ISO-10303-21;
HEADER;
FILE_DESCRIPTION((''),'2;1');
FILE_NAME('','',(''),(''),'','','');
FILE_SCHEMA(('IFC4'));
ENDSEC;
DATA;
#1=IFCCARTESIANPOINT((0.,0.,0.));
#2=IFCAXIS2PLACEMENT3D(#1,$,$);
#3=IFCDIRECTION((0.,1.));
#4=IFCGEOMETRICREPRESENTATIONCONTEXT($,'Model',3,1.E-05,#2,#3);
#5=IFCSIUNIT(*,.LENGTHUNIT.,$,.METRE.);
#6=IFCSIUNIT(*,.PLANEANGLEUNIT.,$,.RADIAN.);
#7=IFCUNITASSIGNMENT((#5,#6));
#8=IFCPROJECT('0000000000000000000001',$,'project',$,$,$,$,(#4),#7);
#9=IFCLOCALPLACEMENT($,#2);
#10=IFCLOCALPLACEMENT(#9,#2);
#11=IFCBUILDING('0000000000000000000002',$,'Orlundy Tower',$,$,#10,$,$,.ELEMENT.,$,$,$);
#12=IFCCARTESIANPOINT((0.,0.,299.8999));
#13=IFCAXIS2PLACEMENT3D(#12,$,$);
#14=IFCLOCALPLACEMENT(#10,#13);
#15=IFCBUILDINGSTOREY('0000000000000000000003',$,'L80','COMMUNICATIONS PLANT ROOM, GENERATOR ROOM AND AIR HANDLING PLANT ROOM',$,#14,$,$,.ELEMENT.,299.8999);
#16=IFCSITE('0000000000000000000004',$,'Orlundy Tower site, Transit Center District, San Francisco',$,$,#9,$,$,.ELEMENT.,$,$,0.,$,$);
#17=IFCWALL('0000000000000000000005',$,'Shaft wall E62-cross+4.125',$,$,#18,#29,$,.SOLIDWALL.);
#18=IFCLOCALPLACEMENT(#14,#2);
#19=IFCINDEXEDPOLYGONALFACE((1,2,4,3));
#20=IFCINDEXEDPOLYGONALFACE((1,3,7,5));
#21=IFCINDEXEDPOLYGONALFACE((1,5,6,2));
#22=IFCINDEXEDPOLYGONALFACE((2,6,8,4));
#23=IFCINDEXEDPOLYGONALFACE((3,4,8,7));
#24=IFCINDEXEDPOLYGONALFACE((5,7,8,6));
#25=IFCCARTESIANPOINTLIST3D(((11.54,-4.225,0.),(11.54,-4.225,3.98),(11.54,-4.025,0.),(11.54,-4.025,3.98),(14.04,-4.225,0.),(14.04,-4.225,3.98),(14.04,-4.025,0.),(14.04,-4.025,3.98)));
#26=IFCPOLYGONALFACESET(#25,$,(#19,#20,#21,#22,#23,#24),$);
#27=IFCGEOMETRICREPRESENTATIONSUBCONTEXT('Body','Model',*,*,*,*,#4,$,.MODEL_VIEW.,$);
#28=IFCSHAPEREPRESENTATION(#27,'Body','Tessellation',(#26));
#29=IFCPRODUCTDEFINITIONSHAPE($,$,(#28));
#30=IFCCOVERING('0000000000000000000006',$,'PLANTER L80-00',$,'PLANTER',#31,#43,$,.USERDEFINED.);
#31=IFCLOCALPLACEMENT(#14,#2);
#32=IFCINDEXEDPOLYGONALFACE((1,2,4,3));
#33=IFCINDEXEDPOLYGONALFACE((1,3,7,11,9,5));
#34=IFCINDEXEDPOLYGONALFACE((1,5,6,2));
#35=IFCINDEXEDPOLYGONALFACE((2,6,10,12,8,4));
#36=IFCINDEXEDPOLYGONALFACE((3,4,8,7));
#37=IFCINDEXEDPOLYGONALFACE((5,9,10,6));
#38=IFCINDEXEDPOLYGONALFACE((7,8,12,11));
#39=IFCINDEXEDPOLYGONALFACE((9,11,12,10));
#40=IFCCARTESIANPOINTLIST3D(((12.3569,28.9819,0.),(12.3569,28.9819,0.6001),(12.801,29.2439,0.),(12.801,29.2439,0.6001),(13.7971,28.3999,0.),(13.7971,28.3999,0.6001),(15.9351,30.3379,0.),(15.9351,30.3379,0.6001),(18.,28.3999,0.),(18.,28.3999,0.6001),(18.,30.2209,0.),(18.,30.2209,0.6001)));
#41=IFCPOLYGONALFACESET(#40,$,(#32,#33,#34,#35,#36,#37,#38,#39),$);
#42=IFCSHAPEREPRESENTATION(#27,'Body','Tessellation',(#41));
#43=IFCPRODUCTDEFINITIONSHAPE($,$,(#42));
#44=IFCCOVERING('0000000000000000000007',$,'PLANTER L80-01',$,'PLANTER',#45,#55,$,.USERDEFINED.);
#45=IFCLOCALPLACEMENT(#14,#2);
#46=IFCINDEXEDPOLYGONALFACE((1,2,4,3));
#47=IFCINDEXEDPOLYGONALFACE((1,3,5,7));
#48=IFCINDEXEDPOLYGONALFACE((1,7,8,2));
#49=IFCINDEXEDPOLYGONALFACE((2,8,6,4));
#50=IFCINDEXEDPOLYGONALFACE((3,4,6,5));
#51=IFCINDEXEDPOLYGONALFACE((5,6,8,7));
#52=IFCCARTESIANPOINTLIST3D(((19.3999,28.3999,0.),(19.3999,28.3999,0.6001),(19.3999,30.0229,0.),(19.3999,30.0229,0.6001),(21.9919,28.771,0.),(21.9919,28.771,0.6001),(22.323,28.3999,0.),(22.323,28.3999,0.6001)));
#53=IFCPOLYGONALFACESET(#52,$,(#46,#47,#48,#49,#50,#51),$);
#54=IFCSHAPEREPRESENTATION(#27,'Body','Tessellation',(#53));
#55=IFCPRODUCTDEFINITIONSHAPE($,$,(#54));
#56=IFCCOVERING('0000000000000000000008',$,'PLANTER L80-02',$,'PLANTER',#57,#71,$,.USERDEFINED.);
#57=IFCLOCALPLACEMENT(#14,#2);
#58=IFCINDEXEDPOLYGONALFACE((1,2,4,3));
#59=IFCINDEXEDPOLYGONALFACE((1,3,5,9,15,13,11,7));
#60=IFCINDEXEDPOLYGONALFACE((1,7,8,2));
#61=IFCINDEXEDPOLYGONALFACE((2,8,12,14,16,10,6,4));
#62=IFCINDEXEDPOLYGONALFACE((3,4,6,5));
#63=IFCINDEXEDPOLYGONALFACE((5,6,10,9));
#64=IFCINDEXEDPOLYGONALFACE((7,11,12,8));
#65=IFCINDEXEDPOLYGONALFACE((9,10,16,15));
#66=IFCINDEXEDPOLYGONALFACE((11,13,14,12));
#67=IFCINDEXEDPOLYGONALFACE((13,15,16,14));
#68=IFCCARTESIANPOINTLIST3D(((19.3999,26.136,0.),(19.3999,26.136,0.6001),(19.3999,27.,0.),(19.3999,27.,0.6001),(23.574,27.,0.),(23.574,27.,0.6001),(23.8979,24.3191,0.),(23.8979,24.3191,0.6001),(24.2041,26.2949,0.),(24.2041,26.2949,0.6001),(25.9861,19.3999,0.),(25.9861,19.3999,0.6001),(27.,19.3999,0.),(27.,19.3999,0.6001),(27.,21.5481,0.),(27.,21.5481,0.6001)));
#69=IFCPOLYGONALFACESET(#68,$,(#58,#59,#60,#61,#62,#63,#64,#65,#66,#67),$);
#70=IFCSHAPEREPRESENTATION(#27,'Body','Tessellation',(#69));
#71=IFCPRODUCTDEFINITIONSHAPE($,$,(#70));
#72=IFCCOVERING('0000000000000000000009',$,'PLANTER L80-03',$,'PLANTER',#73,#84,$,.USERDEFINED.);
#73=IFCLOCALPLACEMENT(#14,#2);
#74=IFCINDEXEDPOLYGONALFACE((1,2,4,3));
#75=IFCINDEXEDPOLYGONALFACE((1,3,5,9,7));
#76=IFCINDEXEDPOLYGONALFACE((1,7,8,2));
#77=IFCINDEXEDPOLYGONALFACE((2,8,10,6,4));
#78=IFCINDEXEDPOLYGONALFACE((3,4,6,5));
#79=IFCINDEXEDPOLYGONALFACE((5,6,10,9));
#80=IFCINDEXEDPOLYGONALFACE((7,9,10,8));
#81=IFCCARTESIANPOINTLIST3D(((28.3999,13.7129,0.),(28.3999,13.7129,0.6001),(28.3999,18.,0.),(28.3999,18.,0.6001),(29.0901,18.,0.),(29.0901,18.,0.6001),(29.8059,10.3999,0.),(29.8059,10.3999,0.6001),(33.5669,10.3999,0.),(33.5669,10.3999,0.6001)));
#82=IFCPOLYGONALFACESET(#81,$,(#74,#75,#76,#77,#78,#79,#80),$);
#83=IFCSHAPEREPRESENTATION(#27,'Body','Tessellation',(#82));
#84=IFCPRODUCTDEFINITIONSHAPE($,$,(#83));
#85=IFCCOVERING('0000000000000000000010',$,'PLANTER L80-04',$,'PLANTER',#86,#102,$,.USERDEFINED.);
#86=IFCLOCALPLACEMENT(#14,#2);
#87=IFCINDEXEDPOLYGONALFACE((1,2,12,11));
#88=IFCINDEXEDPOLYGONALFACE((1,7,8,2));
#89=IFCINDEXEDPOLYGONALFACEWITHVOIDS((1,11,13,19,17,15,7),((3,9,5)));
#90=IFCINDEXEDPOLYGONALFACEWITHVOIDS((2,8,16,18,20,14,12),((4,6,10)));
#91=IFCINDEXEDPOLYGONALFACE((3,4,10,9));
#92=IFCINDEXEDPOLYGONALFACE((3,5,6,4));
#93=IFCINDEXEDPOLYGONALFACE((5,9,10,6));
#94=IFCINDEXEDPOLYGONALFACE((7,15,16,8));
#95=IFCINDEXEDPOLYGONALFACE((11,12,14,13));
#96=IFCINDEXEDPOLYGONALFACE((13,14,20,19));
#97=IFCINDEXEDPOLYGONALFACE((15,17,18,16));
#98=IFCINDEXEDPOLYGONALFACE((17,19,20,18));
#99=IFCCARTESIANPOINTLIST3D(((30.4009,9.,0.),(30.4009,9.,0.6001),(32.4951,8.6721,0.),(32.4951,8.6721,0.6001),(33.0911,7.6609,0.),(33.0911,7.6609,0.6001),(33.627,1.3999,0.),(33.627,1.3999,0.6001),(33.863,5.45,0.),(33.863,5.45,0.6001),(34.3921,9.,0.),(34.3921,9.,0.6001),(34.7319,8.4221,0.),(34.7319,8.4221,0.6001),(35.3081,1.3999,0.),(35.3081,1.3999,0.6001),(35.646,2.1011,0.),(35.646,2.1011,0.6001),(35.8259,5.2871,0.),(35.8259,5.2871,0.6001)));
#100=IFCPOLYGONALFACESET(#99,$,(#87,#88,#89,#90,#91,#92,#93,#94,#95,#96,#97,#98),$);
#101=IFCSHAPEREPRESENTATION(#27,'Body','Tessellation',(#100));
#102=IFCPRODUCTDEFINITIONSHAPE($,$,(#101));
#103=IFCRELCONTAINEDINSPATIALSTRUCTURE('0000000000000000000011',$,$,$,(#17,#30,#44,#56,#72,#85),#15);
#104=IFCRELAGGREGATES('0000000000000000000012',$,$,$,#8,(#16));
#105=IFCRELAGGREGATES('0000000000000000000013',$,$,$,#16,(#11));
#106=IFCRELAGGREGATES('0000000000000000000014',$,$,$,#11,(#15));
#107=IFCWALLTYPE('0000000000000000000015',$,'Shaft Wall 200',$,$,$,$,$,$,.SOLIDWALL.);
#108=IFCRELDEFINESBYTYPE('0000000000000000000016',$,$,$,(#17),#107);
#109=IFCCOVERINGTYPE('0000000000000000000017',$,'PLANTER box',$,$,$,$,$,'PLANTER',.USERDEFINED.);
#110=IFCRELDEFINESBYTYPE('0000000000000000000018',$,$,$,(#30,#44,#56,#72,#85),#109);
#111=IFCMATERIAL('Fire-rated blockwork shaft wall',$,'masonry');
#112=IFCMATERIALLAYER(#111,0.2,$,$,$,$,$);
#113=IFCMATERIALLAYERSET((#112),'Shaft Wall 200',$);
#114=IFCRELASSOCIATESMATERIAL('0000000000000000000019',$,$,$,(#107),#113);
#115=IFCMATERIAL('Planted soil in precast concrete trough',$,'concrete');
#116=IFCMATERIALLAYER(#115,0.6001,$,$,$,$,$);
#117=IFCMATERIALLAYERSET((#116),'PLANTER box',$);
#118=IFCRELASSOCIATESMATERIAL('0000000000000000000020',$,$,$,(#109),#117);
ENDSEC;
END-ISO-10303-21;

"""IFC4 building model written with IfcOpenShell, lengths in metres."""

from ifc_helpers import new_model, si_unit, direction, frame, frame_2d, origin, place, context, subcontext, project, spatial, polyline, rectangle, outline, extrude, material, layer, layer_set, type_object, element, save


model = new_model("IFC4")

# Units and contexts
model_context = context("Model", 3, precision=1e-05, world=origin(), true_north=direction((0.0, 1.0)))
body_context = subcontext(model_context, "Body", "Model", "MODEL_VIEW")
ifc_project = project(units=[si_unit("LENGTHUNIT", "METRE"), si_unit("PLANEANGLEUNIT", "RADIAN")], contexts=[model_context])

# Site, building, storey
site_placement = place(None, origin())
site = spatial("IfcSite", under=ifc_project, at=site_placement, Name="Orlundy Tower site, Transit Center District, San Francisco", CompositionType="ELEMENT", RefElevation=0.0)
building_placement = place(site_placement, origin())
building = spatial("IfcBuilding", under=site, at=building_placement, Name="Orlundy Tower", CompositionType="ELEMENT")
storey_placement = place(building_placement, frame((0.0, 0.0, 299.8999)))
storey = spatial("IfcBuildingStorey", under=building, at=storey_placement, Name="L80", Description="COMMUNICATIONS PLANT ROOM, GENERATOR ROOM AND AIR HANDLING PLANT ROOM", CompositionType="ELEMENT", Elevation=299.8999)

# Wall
ifc_material_1 = material(Name="Fire-rated blockwork shaft wall", Category="masonry")
ifc_layer_1 = layer(ifc_material_1, 0.2)
ifc_layer_set_1 = layer_set([ifc_layer_1], Name="Shaft Wall 200")
wall_type_1 = type_object("IfcWallType", Name="Shaft Wall 200", PredefinedType="SOLIDWALL", material=ifc_layer_set_1)
wall_1_placement = place(storey_placement, frame((11.54, -4.125, 0.0), z_axis=(0.0, 0.0, 1.0), x_axis=(1.0, 0.0, 0.0)))
element("IfcWall", 1, at=wall_1_placement, inside=storey, type_object=wall_type_1, Name="Shaft wall E62-cross+4.125", PredefinedType="SOLIDWALL", context=body_context, shape_type="SweptSolid", body=[
    extrude(rectangle(XDim=2.5, YDim=0.2, at=frame_2d((1.25, 0.0))), origin(), (0.0, 0.0, 1.0), 3.98),
])

# Coverings
ifc_material_2 = material(Name="Planted soil in precast concrete trough", Category="concrete")
ifc_layer_2 = layer(ifc_material_2, 0.6001)
ifc_layer_set_2 = layer_set([ifc_layer_2], Name="PLANTER box")
covering_type = type_object("IfcCoveringType", Name="PLANTER box", ElementType="PLANTER", PredefinedType="USERDEFINED", material=ifc_layer_set_2)
covering_1_placement = place(storey_placement, origin())
element("IfcCovering", 2, at=covering_1_placement, inside=storey, type_object=covering_type, Name="PLANTER L80-00", ObjectType="PLANTER", PredefinedType="USERDEFINED", context=body_context, shape_type="SweptSolid", body=[
    extrude(outline(polyline([(18.0, 30.2209), (18.0, 28.3999), (13.7971, 28.3999), (12.3569, 28.9819), (12.801, 29.2439), (15.9351, 30.3379), (18.0, 30.2209)])), origin(), (0.0, 0.0, 1.0), 0.6001),
])
covering_2_placement = place(storey_placement, origin())
element("IfcCovering", 3, at=covering_2_placement, inside=storey, type_object=covering_type, Name="PLANTER L80-01", ObjectType="PLANTER", PredefinedType="USERDEFINED", context=body_context, shape_type="SweptSolid", body=[
    extrude(outline(polyline([(21.9919, 28.771), (22.323, 28.3999), (19.3999, 28.3999), (19.3999, 30.0229), (21.9919, 28.771)])), origin(), (0.0, 0.0, 1.0), 0.6001),
])
covering_3_placement = place(storey_placement, origin())
element("IfcCovering", 4, at=covering_3_placement, inside=storey, type_object=covering_type, Name="PLANTER L80-02", ObjectType="PLANTER", PredefinedType="USERDEFINED", context=body_context, shape_type="SweptSolid", body=[
    extrude(outline(polyline([(24.2041, 26.2949), (27.0, 21.5481), (27.0, 19.3999), (25.9861, 19.3999), (23.8979, 24.3191), (19.3999, 26.136), (19.3999, 27.0), (23.574, 27.0), (24.2041, 26.2949)])), origin(), (0.0, 0.0, 1.0), 0.6001),
])
covering_4_placement = place(storey_placement, origin())
element("IfcCovering", 5, at=covering_4_placement, inside=storey, type_object=covering_type, Name="PLANTER L80-03", ObjectType="PLANTER", PredefinedType="USERDEFINED", context=body_context, shape_type="SweptSolid", body=[
    extrude(outline(polyline([(33.5669, 10.3999), (29.8059, 10.3999), (28.3999, 13.7129), (28.3999, 18.0), (29.0901, 18.0), (33.5669, 10.3999)])), origin(), (0.0, 0.0, 1.0), 0.6001),
])
covering_5_placement = place(storey_placement, origin())
element("IfcCovering", 6, at=covering_5_placement, inside=storey, type_object=covering_type, Name="PLANTER L80-04", ObjectType="PLANTER", PredefinedType="USERDEFINED", context=body_context, shape_type="SweptSolid", body=[
    extrude(outline(polyline([(34.7319, 8.4221), (35.8259, 5.2871), (35.646, 2.1011), (35.3081, 1.3999), (33.627, 1.3999), (30.4009, 9.0), (34.3921, 9.0), (34.7319, 8.4221)]), holes=[polyline([(33.0911, 7.6609), (32.4951, 8.6721), (33.863, 5.45), (33.0911, 7.6609)])]), origin(), (0.0, 0.0, 1.0), 0.6001),
])

save(model, "model.ifc")
